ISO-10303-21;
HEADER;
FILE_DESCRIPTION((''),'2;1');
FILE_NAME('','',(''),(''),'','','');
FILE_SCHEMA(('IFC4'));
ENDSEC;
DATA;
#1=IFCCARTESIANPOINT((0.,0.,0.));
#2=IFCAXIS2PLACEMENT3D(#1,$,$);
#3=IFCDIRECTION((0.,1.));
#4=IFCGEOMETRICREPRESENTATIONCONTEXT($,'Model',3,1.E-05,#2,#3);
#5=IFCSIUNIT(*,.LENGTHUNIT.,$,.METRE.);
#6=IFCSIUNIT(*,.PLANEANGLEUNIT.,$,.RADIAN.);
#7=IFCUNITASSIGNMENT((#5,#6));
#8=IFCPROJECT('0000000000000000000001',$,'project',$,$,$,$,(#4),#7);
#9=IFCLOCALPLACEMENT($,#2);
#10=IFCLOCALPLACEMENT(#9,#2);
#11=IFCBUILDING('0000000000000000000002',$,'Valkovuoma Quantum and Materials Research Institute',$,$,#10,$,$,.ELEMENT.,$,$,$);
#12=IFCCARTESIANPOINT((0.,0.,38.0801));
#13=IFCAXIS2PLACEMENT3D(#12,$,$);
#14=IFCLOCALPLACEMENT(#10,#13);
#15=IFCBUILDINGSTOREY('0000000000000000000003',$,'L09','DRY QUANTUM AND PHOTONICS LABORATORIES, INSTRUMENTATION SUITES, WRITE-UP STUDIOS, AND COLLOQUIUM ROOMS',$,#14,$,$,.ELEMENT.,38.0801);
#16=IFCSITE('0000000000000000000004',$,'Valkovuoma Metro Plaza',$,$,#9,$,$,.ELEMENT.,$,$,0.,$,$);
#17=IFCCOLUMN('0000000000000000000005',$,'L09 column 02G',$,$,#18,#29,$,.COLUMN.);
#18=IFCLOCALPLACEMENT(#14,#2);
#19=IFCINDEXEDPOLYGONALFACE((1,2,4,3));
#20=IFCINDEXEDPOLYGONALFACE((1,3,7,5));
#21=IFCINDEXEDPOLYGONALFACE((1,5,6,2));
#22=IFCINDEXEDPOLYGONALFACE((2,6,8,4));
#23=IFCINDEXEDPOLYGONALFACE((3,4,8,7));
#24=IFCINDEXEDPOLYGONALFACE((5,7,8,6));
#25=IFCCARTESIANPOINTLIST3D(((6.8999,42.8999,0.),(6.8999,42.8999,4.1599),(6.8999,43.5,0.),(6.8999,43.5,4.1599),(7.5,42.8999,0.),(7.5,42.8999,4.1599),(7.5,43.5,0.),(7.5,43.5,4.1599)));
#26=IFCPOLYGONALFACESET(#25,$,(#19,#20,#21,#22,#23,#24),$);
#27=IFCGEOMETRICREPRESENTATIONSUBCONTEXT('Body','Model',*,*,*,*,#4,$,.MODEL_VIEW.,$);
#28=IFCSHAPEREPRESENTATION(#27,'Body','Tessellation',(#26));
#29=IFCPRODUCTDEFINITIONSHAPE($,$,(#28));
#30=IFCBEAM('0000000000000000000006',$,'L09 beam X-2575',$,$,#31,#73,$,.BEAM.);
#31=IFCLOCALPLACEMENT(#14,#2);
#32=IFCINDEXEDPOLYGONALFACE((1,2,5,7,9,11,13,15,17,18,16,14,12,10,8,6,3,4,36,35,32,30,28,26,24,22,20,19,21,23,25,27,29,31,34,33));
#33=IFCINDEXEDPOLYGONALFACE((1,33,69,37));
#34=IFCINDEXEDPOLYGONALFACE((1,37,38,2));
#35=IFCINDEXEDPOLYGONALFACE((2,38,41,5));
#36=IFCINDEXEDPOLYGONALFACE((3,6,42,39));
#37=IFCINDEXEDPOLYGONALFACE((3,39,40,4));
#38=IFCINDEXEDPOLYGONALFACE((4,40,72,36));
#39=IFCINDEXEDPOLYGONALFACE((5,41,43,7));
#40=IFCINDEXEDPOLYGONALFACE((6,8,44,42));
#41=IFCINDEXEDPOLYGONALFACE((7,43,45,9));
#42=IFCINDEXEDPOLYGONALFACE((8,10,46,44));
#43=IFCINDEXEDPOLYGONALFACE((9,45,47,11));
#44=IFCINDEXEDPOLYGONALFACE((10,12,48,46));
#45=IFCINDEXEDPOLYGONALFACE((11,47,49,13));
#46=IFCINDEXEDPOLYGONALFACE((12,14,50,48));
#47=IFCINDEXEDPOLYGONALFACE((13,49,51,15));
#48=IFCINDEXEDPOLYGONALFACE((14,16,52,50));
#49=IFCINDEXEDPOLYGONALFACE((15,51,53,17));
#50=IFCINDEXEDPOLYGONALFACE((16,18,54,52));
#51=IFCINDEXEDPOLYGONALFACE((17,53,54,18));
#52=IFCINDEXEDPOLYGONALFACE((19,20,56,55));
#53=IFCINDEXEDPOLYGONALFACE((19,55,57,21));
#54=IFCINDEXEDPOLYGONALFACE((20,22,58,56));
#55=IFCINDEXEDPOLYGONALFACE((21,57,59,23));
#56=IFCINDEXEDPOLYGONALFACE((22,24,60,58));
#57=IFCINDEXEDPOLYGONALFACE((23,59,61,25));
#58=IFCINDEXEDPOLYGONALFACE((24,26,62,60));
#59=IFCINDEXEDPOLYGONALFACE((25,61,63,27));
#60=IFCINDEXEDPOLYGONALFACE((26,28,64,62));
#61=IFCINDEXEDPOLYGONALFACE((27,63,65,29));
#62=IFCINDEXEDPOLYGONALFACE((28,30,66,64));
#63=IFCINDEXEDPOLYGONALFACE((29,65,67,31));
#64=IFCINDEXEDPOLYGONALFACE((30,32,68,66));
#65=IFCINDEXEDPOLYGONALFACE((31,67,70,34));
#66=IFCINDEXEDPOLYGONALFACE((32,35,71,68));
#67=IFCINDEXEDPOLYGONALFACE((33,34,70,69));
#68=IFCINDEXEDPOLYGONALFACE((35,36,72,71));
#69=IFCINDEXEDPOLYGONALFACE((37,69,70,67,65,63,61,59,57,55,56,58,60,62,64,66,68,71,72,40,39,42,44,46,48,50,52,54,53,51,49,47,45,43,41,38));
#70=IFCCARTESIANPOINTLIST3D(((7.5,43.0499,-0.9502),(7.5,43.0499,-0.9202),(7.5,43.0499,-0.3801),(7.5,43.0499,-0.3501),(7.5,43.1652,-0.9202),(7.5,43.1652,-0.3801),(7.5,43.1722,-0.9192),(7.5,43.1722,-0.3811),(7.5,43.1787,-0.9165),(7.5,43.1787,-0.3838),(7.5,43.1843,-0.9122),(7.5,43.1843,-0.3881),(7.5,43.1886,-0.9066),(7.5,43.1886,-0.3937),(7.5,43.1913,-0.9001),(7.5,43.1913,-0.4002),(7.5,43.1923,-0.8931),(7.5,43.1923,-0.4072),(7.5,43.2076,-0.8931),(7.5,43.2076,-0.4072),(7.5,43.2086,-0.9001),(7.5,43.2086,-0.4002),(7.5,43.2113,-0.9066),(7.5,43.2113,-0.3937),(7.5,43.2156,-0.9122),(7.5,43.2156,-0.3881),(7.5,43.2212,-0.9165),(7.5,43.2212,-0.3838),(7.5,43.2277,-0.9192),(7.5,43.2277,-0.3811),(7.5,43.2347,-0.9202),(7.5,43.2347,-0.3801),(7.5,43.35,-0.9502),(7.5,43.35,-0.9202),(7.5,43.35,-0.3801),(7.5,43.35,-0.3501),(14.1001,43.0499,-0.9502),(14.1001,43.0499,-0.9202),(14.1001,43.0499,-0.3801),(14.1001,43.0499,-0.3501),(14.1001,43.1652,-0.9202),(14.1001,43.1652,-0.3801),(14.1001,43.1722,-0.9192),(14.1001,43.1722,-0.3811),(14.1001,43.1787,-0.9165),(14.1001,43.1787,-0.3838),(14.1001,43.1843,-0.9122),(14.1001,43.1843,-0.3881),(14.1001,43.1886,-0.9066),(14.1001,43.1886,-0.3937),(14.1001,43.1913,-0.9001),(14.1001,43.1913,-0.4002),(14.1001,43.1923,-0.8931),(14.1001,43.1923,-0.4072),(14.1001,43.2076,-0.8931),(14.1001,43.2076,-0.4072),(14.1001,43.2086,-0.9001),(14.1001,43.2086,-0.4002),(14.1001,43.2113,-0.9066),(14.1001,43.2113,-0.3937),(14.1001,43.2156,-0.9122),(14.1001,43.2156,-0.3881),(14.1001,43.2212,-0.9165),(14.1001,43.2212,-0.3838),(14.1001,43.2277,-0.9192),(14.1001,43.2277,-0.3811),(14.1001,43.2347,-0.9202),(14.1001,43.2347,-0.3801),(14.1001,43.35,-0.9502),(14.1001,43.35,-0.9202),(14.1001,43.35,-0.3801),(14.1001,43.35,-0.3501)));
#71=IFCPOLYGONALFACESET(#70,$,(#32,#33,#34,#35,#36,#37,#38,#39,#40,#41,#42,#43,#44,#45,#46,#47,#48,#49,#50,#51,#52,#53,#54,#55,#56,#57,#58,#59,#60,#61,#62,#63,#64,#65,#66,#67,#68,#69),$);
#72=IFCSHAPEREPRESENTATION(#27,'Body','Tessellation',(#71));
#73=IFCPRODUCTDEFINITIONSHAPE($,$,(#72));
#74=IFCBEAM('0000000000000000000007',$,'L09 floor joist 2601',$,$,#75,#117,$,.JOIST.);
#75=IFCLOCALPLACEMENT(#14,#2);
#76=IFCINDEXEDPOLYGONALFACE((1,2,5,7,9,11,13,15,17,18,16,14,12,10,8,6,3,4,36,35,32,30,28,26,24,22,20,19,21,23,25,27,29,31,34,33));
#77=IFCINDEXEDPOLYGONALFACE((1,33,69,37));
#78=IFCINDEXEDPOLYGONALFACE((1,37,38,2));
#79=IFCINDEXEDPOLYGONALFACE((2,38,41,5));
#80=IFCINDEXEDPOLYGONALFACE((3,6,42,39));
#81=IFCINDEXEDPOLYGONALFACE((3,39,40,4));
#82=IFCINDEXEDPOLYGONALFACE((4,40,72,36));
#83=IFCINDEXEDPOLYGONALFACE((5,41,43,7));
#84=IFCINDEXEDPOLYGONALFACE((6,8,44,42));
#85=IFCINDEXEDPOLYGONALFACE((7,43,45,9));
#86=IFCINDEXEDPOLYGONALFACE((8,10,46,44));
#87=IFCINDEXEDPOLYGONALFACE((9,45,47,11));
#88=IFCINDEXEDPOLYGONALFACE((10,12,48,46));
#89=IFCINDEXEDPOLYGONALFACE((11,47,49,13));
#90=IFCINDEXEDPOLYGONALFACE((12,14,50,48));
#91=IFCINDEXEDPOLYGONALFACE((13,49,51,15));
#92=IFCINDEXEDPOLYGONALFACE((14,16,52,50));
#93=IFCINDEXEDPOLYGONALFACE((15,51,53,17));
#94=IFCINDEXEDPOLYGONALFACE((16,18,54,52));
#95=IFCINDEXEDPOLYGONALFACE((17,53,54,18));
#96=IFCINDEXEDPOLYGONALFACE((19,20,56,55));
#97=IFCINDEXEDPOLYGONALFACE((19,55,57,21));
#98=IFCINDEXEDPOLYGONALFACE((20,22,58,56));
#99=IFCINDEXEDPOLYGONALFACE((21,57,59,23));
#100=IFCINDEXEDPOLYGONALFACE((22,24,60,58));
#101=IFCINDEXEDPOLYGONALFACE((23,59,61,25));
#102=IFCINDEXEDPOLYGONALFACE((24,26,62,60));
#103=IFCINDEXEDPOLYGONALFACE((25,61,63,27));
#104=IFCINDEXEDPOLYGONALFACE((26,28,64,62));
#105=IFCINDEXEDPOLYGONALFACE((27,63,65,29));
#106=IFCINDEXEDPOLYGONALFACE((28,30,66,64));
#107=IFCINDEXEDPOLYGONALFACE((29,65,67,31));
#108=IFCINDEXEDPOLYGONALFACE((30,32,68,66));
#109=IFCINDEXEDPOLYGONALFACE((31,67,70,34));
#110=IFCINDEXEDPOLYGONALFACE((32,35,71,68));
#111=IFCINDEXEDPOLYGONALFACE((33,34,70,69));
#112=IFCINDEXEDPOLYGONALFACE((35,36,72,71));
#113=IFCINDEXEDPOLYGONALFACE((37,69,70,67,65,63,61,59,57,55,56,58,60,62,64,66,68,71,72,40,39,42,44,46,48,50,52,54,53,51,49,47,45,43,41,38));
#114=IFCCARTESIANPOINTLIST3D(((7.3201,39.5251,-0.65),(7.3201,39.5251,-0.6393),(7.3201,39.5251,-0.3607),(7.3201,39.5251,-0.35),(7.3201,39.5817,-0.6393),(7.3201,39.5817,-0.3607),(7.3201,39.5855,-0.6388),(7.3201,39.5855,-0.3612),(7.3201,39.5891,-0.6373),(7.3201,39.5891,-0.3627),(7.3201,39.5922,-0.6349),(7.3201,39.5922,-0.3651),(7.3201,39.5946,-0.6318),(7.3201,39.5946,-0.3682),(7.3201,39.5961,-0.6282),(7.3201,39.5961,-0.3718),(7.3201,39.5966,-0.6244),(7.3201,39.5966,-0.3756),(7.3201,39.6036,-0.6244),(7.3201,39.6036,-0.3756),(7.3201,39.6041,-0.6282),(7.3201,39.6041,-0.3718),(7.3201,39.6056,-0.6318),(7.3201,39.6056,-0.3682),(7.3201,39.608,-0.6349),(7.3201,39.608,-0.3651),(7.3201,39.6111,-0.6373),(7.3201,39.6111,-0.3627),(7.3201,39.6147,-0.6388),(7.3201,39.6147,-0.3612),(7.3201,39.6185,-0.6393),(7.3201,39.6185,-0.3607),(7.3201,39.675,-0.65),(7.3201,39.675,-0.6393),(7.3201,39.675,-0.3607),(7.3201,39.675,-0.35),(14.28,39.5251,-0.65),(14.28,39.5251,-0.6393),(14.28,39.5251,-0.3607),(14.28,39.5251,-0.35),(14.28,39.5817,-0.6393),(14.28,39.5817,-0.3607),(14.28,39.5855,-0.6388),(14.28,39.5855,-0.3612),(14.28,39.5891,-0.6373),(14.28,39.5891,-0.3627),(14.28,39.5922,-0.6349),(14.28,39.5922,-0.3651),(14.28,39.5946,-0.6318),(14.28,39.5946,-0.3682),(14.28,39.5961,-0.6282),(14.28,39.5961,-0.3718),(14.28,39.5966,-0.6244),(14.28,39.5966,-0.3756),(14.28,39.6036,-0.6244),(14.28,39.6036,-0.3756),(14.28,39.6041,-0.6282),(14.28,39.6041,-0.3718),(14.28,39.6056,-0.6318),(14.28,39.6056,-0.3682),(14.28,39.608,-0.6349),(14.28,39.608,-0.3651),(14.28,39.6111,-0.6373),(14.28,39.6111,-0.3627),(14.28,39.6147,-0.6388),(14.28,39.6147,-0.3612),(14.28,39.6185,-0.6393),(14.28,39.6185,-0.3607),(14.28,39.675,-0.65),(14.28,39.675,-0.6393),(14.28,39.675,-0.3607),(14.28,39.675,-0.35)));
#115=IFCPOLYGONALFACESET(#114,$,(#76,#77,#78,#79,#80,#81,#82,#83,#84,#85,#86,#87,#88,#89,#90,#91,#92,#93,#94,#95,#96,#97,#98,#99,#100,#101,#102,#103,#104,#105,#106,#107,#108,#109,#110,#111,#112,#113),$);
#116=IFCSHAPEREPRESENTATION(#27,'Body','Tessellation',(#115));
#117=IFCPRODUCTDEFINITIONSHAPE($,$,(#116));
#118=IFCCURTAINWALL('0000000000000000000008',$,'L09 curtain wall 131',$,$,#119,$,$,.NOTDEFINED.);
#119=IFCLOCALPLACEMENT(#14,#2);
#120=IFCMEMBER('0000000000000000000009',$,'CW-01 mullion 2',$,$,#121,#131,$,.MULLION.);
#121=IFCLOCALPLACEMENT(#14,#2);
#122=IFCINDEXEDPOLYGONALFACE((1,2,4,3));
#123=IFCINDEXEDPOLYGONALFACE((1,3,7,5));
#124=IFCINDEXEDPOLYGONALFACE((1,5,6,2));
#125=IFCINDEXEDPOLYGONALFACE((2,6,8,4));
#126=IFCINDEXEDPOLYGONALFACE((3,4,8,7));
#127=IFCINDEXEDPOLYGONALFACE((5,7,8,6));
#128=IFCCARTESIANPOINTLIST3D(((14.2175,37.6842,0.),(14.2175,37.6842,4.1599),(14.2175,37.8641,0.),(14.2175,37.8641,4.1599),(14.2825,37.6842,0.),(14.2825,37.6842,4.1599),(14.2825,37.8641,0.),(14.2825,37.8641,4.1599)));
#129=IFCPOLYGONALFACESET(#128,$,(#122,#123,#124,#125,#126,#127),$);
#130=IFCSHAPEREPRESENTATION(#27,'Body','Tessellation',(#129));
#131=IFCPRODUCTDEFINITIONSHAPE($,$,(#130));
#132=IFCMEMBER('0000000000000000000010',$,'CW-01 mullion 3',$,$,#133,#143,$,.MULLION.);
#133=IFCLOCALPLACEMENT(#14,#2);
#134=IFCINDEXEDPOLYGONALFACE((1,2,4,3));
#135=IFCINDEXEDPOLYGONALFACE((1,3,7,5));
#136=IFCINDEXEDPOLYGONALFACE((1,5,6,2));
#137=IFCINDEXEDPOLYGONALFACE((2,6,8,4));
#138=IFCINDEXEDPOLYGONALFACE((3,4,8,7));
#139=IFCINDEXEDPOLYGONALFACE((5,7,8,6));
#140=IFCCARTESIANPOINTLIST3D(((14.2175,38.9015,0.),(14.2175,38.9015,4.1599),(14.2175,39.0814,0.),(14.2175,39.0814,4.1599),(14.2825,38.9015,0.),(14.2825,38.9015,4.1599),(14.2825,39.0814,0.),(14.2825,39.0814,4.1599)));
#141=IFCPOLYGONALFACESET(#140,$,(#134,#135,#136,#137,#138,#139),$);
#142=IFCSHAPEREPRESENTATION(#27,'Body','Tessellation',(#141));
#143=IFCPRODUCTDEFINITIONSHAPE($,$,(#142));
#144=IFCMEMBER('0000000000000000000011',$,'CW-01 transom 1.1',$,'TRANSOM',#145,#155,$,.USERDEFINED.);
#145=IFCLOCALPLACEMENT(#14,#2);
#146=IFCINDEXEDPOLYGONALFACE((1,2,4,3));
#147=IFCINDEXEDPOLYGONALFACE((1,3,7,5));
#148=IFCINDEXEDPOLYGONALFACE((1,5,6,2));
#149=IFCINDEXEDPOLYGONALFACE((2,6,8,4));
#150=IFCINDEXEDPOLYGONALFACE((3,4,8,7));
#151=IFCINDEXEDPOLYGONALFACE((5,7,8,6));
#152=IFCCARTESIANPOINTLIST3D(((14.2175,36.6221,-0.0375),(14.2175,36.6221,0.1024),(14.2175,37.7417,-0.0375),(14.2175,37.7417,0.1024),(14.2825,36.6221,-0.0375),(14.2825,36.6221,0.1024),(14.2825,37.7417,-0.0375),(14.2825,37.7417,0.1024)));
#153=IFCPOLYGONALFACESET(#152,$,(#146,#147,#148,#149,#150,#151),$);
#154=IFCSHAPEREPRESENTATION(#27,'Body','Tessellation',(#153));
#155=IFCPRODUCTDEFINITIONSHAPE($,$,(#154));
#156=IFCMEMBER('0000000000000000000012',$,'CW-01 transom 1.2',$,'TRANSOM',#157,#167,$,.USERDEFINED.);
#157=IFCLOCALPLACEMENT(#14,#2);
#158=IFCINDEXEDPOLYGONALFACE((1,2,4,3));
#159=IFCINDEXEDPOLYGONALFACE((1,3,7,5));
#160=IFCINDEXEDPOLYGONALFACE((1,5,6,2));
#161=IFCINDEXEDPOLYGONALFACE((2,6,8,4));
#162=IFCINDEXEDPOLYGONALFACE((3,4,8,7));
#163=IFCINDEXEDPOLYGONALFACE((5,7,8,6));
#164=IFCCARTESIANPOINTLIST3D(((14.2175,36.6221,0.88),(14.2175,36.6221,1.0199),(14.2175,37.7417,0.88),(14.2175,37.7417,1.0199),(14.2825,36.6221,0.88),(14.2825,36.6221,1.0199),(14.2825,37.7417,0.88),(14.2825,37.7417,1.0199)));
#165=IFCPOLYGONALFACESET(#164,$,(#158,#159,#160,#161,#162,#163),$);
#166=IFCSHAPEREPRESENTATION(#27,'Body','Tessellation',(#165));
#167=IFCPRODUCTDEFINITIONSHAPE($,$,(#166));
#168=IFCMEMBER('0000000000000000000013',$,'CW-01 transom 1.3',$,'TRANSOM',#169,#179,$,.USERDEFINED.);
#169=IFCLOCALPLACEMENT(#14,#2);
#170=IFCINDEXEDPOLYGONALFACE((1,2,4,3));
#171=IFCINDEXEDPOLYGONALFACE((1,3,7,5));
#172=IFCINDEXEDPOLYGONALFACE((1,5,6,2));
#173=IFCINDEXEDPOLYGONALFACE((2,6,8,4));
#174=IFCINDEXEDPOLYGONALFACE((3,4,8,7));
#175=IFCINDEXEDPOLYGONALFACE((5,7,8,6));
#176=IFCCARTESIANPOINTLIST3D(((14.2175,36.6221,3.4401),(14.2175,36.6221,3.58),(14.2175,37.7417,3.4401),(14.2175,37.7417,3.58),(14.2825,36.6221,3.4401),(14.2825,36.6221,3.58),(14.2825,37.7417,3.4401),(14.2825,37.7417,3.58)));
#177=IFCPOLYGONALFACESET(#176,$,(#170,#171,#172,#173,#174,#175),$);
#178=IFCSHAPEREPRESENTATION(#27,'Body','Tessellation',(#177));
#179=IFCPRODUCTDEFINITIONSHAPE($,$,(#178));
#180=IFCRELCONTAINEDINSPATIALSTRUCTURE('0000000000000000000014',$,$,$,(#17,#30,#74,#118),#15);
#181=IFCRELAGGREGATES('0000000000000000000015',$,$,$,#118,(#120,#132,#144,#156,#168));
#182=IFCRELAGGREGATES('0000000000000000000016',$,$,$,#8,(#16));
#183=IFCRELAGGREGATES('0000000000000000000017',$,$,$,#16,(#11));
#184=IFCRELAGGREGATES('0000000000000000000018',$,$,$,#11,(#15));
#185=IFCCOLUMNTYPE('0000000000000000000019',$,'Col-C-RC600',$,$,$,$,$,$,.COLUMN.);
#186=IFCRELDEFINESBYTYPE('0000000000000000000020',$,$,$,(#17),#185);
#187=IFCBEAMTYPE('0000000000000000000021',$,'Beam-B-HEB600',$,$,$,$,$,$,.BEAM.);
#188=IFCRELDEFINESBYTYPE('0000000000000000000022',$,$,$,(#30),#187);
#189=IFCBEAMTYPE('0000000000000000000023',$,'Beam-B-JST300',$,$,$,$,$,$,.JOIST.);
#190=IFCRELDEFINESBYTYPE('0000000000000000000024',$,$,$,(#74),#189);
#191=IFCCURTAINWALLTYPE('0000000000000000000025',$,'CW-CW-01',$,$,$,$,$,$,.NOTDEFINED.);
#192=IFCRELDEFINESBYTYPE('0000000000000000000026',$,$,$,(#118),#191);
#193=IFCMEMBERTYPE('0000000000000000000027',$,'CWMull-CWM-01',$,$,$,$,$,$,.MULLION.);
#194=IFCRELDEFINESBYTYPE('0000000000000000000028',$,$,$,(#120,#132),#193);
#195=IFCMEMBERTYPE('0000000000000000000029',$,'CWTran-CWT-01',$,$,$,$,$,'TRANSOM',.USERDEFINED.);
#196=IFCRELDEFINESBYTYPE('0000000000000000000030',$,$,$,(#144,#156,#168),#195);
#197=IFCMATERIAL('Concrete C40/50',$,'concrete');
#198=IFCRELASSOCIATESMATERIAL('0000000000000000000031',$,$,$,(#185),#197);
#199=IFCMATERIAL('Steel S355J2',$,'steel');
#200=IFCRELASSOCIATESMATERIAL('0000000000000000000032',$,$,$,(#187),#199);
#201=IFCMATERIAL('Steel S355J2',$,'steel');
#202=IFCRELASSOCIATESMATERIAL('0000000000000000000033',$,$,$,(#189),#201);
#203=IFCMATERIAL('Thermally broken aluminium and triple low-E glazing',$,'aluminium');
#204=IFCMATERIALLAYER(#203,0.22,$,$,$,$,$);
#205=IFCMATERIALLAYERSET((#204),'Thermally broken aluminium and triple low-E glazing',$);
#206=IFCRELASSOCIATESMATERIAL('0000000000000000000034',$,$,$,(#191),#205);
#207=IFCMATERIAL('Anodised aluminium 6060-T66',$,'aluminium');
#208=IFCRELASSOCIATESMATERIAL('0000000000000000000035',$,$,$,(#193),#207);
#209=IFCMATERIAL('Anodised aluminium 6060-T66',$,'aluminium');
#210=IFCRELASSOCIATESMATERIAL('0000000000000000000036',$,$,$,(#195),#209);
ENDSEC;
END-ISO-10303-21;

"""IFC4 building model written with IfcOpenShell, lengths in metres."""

from ifc_helpers import new_model, si_unit, direction, frame, origin, origin_2d, place, context, subcontext, project, spatial, rectangle, i_section, extrude, material, layer, layer_set, material_profile, profile_set, type_object, element, aggregate, save


model = new_model("IFC4")

# Units and contexts
model_context = context("Model", 3, precision=1e-05, world=origin(), true_north=direction((0.0, 1.0)))
body_context = subcontext(model_context, "Body", "Model", "MODEL_VIEW")
ifc_project = project(units=[si_unit("LENGTHUNIT", "METRE"), si_unit("PLANEANGLEUNIT", "RADIAN")], contexts=[model_context])

# Site, building, storey
site_placement = place(None, origin())
site = spatial("IfcSite", under=ifc_project, at=site_placement, Name="Valkovuoma Metro Plaza", CompositionType="ELEMENT", RefElevation=0.0)
building_placement = place(site_placement, origin())
building = spatial("IfcBuilding", under=site, at=building_placement, Name="Valkovuoma Quantum and Materials Research Institute", CompositionType="ELEMENT")
storey_placement = place(building_placement, frame((0.0, 0.0, 38.0801)))
storey = spatial("IfcBuildingStorey", under=building, at=storey_placement, Name="L09", Description="DRY QUANTUM AND PHOTONICS LABORATORIES, INSTRUMENTATION SUITES, WRITE-UP STUDIOS, AND COLLOQUIUM ROOMS", CompositionType="ELEMENT", Elevation=38.0801)

# Column
ifc_material_1 = material(Name="Concrete C40/50", Category="concrete")
ifc_material_profile_1 = material_profile(ifc_material_1, rectangle(XDim=0.6001, YDim=0.6001, at=origin_2d()), Name="Concrete C40/50")
ifc_profile_set_1 = profile_set([ifc_material_profile_1], Name="Concrete C40/50")
column_type = type_object("IfcColumnType", Name="Col-C-RC600", PredefinedType="COLUMN", material=ifc_profile_set_1)
column_placement = place(storey_placement, frame((7.2, 43.2, 0.0), z_axis=(0.0, 0.0, 1.0), x_axis=(1.0, 0.0, 0.0)))
element("IfcColumn", 1, at=column_placement, inside=storey, type_object=column_type, Name="L09 column 02G", PredefinedType="COLUMN", context=body_context, shape_type="SweptSolid", body=[
    extrude(rectangle(XDim=0.6001, YDim=0.6001, at=origin_2d()), origin(), (0.0, 0.0, 1.0), 4.1599),
])

# Beams
ifc_material_2 = material(Name="Steel S355J2", Category="steel")
ifc_material_profile_2 = material_profile(ifc_material_2, i_section(OverallWidth=0.3, OverallDepth=0.6001, WebThickness=0.0154, FlangeThickness=0.03, FilletRadius=0.0271, at=origin_2d()), Name="Steel S355J2")
ifc_profile_set_2 = profile_set([ifc_material_profile_2], Name="Steel S355J2")
beam_type_1 = type_object("IfcBeamType", Name="Beam-B-HEB600", PredefinedType="BEAM", material=ifc_profile_set_2)
beam_1_placement = place(storey_placement, frame((7.5, 43.2, -0.6501), z_axis=(1.0, 0.0, 0.0), x_axis=(0.0, 1.0, 0.0)))
element("IfcBeam", 2, at=beam_1_placement, inside=storey, type_object=beam_type_1, Name="L09 beam X-2575", PredefinedType="BEAM", context=body_context, shape_type="SweptSolid", body=[
    extrude(i_section(OverallWidth=0.3, OverallDepth=0.6001, WebThickness=0.0154, FlangeThickness=0.03, FilletRadius=0.0271, at=origin_2d()), origin(), (0.0, 0.0, 1.0), 6.6001),
])
ifc_material_3 = material(Name="Steel S355J2", Category="steel")
ifc_material_profile_3 = material_profile(ifc_material_3, i_section(OverallWidth=0.1499, OverallDepth=0.3, WebThickness=0.0071, FlangeThickness=0.0107, FilletRadius=0.0149, at=origin_2d()), Name="Steel S355J2")
ifc_profile_set_3 = profile_set([ifc_material_profile_3], Name="Steel S355J2")
beam_type_2 = type_object("IfcBeamType", Name="Beam-B-JST300", PredefinedType="JOIST", material=ifc_profile_set_3)
beam_2_placement = place(storey_placement, frame((7.3201, 39.6001, -0.5), z_axis=(1.0, 0.0, 0.0), x_axis=(0.0, 1.0, 0.0)))
element("IfcBeam", 3, at=beam_2_placement, inside=storey, type_object=beam_type_2, Name="L09 floor joist 2601", PredefinedType="JOIST", context=body_context, shape_type="SweptSolid", body=[
    extrude(i_section(OverallWidth=0.1499, OverallDepth=0.3, WebThickness=0.0071, FlangeThickness=0.0107, FilletRadius=0.0149, at=origin_2d()), origin(), (0.0, 0.0, 1.0), 6.96),
])

# Curtain wall, members
ifc_material_4 = material(Name="Thermally broken aluminium and triple low-E glazing", Category="aluminium")
ifc_layer_1 = layer(ifc_material_4, 0.22)
ifc_layer_set_1 = layer_set([ifc_layer_1], Name="Thermally broken aluminium and triple low-E glazing")
curtain_wall_type = type_object("IfcCurtainWallType", Name="CW-CW-01", PredefinedType="NOTDEFINED", material=ifc_layer_set_1)
curtain_wall_placement = place(storey_placement, origin())
curtain_wall = element("IfcCurtainWall", 4, at=curtain_wall_placement, inside=storey, type_object=curtain_wall_type, Name="L09 curtain wall 131", PredefinedType="NOTDEFINED")
ifc_material_5 = material(Name="Anodised aluminium 6060-T66", Category="aluminium")
ifc_material_profile_4 = material_profile(ifc_material_5, rectangle(XDim=0.0649, YDim=0.1799, at=origin_2d()), Name="Anodised aluminium 6060-T66")
ifc_profile_set_4 = profile_set([ifc_material_profile_4], Name="Anodised aluminium 6060-T66")
member_type_1 = type_object("IfcMemberType", Name="CWMull-CWM-01", PredefinedType="MULLION", material=ifc_profile_set_4)
member_1_placement = place(storey_placement, frame((14.25, 37.7742, 0.0), z_axis=(0.0, 0.0, 1.0), x_axis=(-1.0, 0.0, 0.0)))
member_1 = element("IfcMember", 5, at=member_1_placement, type_object=member_type_1, Name="CW-01 mullion 2", PredefinedType="MULLION", context=body_context, shape_type="SweptSolid", body=[
    extrude(rectangle(XDim=0.0649, YDim=0.1799, at=origin_2d()), origin(), (0.0, 0.0, 1.0), 4.1599),
])
member_2_placement = place(storey_placement, frame((14.25, 38.9915, 0.0), z_axis=(0.0, 0.0, 1.0), x_axis=(-1.0, 0.0, 0.0)))
member_2 = element("IfcMember", 6, at=member_2_placement, type_object=member_type_1, Name="CW-01 mullion 3", PredefinedType="MULLION", context=body_context, shape_type="SweptSolid", body=[
    extrude(rectangle(XDim=0.0649, YDim=0.1799, at=origin_2d()), origin(), (0.0, 0.0, 1.0), 4.1599),
])
ifc_material_6 = material(Name="Anodised aluminium 6060-T66", Category="aluminium")
ifc_material_profile_5 = material_profile(ifc_material_6, rectangle(XDim=0.0649, YDim=0.1399, at=origin_2d()), Name="Anodised aluminium 6060-T66")
ifc_profile_set_5 = profile_set([ifc_material_profile_5], Name="Anodised aluminium 6060-T66")
member_type_2 = type_object("IfcMemberType", Name="CWTran-CWT-01", ElementType="TRANSOM", PredefinedType="USERDEFINED", material=ifc_profile_set_5)
member_3_placement = place(storey_placement, frame((14.25, 36.6221, 0.0325), z_axis=(0.0, 1.0, 0.0), x_axis=(-1.0, 0.0, 0.0)))
member_3 = element("IfcMember", 7, at=member_3_placement, type_object=member_type_2, Name="CW-01 transom 1.1", ObjectType="TRANSOM", PredefinedType="USERDEFINED", context=body_context, shape_type="SweptSolid", body=[
    extrude(rectangle(XDim=0.0649, YDim=0.1399, at=origin_2d()), origin(), (0.0, 0.0, 1.0), 1.1196),
])
member_4_placement = place(storey_placement, frame((14.25, 36.6221, 0.95), z_axis=(0.0, 1.0, 0.0), x_axis=(-1.0, 0.0, 0.0)))
member_4 = element("IfcMember", 8, at=member_4_placement, type_object=member_type_2, Name="CW-01 transom 1.2", ObjectType="TRANSOM", PredefinedType="USERDEFINED", context=body_context, shape_type="SweptSolid", body=[
    extrude(rectangle(XDim=0.0649, YDim=0.1399, at=origin_2d()), origin(), (0.0, 0.0, 1.0), 1.1196),
])
member_5_placement = place(storey_placement, frame((14.25, 36.6221, 3.51), z_axis=(0.0, 1.0, 0.0), x_axis=(-1.0, 0.0, 0.0)))
member_5 = element("IfcMember", 9, at=member_5_placement, type_object=member_type_2, Name="CW-01 transom 1.3", ObjectType="TRANSOM", PredefinedType="USERDEFINED", context=body_context, shape_type="SweptSolid", body=[
    extrude(rectangle(XDim=0.0649, YDim=0.1399, at=origin_2d()), origin(), (0.0, 0.0, 1.0), 1.1196),
])
aggregate(curtain_wall, [member_1, member_2, member_3, member_4, member_5])

save(model, "model.ifc")
